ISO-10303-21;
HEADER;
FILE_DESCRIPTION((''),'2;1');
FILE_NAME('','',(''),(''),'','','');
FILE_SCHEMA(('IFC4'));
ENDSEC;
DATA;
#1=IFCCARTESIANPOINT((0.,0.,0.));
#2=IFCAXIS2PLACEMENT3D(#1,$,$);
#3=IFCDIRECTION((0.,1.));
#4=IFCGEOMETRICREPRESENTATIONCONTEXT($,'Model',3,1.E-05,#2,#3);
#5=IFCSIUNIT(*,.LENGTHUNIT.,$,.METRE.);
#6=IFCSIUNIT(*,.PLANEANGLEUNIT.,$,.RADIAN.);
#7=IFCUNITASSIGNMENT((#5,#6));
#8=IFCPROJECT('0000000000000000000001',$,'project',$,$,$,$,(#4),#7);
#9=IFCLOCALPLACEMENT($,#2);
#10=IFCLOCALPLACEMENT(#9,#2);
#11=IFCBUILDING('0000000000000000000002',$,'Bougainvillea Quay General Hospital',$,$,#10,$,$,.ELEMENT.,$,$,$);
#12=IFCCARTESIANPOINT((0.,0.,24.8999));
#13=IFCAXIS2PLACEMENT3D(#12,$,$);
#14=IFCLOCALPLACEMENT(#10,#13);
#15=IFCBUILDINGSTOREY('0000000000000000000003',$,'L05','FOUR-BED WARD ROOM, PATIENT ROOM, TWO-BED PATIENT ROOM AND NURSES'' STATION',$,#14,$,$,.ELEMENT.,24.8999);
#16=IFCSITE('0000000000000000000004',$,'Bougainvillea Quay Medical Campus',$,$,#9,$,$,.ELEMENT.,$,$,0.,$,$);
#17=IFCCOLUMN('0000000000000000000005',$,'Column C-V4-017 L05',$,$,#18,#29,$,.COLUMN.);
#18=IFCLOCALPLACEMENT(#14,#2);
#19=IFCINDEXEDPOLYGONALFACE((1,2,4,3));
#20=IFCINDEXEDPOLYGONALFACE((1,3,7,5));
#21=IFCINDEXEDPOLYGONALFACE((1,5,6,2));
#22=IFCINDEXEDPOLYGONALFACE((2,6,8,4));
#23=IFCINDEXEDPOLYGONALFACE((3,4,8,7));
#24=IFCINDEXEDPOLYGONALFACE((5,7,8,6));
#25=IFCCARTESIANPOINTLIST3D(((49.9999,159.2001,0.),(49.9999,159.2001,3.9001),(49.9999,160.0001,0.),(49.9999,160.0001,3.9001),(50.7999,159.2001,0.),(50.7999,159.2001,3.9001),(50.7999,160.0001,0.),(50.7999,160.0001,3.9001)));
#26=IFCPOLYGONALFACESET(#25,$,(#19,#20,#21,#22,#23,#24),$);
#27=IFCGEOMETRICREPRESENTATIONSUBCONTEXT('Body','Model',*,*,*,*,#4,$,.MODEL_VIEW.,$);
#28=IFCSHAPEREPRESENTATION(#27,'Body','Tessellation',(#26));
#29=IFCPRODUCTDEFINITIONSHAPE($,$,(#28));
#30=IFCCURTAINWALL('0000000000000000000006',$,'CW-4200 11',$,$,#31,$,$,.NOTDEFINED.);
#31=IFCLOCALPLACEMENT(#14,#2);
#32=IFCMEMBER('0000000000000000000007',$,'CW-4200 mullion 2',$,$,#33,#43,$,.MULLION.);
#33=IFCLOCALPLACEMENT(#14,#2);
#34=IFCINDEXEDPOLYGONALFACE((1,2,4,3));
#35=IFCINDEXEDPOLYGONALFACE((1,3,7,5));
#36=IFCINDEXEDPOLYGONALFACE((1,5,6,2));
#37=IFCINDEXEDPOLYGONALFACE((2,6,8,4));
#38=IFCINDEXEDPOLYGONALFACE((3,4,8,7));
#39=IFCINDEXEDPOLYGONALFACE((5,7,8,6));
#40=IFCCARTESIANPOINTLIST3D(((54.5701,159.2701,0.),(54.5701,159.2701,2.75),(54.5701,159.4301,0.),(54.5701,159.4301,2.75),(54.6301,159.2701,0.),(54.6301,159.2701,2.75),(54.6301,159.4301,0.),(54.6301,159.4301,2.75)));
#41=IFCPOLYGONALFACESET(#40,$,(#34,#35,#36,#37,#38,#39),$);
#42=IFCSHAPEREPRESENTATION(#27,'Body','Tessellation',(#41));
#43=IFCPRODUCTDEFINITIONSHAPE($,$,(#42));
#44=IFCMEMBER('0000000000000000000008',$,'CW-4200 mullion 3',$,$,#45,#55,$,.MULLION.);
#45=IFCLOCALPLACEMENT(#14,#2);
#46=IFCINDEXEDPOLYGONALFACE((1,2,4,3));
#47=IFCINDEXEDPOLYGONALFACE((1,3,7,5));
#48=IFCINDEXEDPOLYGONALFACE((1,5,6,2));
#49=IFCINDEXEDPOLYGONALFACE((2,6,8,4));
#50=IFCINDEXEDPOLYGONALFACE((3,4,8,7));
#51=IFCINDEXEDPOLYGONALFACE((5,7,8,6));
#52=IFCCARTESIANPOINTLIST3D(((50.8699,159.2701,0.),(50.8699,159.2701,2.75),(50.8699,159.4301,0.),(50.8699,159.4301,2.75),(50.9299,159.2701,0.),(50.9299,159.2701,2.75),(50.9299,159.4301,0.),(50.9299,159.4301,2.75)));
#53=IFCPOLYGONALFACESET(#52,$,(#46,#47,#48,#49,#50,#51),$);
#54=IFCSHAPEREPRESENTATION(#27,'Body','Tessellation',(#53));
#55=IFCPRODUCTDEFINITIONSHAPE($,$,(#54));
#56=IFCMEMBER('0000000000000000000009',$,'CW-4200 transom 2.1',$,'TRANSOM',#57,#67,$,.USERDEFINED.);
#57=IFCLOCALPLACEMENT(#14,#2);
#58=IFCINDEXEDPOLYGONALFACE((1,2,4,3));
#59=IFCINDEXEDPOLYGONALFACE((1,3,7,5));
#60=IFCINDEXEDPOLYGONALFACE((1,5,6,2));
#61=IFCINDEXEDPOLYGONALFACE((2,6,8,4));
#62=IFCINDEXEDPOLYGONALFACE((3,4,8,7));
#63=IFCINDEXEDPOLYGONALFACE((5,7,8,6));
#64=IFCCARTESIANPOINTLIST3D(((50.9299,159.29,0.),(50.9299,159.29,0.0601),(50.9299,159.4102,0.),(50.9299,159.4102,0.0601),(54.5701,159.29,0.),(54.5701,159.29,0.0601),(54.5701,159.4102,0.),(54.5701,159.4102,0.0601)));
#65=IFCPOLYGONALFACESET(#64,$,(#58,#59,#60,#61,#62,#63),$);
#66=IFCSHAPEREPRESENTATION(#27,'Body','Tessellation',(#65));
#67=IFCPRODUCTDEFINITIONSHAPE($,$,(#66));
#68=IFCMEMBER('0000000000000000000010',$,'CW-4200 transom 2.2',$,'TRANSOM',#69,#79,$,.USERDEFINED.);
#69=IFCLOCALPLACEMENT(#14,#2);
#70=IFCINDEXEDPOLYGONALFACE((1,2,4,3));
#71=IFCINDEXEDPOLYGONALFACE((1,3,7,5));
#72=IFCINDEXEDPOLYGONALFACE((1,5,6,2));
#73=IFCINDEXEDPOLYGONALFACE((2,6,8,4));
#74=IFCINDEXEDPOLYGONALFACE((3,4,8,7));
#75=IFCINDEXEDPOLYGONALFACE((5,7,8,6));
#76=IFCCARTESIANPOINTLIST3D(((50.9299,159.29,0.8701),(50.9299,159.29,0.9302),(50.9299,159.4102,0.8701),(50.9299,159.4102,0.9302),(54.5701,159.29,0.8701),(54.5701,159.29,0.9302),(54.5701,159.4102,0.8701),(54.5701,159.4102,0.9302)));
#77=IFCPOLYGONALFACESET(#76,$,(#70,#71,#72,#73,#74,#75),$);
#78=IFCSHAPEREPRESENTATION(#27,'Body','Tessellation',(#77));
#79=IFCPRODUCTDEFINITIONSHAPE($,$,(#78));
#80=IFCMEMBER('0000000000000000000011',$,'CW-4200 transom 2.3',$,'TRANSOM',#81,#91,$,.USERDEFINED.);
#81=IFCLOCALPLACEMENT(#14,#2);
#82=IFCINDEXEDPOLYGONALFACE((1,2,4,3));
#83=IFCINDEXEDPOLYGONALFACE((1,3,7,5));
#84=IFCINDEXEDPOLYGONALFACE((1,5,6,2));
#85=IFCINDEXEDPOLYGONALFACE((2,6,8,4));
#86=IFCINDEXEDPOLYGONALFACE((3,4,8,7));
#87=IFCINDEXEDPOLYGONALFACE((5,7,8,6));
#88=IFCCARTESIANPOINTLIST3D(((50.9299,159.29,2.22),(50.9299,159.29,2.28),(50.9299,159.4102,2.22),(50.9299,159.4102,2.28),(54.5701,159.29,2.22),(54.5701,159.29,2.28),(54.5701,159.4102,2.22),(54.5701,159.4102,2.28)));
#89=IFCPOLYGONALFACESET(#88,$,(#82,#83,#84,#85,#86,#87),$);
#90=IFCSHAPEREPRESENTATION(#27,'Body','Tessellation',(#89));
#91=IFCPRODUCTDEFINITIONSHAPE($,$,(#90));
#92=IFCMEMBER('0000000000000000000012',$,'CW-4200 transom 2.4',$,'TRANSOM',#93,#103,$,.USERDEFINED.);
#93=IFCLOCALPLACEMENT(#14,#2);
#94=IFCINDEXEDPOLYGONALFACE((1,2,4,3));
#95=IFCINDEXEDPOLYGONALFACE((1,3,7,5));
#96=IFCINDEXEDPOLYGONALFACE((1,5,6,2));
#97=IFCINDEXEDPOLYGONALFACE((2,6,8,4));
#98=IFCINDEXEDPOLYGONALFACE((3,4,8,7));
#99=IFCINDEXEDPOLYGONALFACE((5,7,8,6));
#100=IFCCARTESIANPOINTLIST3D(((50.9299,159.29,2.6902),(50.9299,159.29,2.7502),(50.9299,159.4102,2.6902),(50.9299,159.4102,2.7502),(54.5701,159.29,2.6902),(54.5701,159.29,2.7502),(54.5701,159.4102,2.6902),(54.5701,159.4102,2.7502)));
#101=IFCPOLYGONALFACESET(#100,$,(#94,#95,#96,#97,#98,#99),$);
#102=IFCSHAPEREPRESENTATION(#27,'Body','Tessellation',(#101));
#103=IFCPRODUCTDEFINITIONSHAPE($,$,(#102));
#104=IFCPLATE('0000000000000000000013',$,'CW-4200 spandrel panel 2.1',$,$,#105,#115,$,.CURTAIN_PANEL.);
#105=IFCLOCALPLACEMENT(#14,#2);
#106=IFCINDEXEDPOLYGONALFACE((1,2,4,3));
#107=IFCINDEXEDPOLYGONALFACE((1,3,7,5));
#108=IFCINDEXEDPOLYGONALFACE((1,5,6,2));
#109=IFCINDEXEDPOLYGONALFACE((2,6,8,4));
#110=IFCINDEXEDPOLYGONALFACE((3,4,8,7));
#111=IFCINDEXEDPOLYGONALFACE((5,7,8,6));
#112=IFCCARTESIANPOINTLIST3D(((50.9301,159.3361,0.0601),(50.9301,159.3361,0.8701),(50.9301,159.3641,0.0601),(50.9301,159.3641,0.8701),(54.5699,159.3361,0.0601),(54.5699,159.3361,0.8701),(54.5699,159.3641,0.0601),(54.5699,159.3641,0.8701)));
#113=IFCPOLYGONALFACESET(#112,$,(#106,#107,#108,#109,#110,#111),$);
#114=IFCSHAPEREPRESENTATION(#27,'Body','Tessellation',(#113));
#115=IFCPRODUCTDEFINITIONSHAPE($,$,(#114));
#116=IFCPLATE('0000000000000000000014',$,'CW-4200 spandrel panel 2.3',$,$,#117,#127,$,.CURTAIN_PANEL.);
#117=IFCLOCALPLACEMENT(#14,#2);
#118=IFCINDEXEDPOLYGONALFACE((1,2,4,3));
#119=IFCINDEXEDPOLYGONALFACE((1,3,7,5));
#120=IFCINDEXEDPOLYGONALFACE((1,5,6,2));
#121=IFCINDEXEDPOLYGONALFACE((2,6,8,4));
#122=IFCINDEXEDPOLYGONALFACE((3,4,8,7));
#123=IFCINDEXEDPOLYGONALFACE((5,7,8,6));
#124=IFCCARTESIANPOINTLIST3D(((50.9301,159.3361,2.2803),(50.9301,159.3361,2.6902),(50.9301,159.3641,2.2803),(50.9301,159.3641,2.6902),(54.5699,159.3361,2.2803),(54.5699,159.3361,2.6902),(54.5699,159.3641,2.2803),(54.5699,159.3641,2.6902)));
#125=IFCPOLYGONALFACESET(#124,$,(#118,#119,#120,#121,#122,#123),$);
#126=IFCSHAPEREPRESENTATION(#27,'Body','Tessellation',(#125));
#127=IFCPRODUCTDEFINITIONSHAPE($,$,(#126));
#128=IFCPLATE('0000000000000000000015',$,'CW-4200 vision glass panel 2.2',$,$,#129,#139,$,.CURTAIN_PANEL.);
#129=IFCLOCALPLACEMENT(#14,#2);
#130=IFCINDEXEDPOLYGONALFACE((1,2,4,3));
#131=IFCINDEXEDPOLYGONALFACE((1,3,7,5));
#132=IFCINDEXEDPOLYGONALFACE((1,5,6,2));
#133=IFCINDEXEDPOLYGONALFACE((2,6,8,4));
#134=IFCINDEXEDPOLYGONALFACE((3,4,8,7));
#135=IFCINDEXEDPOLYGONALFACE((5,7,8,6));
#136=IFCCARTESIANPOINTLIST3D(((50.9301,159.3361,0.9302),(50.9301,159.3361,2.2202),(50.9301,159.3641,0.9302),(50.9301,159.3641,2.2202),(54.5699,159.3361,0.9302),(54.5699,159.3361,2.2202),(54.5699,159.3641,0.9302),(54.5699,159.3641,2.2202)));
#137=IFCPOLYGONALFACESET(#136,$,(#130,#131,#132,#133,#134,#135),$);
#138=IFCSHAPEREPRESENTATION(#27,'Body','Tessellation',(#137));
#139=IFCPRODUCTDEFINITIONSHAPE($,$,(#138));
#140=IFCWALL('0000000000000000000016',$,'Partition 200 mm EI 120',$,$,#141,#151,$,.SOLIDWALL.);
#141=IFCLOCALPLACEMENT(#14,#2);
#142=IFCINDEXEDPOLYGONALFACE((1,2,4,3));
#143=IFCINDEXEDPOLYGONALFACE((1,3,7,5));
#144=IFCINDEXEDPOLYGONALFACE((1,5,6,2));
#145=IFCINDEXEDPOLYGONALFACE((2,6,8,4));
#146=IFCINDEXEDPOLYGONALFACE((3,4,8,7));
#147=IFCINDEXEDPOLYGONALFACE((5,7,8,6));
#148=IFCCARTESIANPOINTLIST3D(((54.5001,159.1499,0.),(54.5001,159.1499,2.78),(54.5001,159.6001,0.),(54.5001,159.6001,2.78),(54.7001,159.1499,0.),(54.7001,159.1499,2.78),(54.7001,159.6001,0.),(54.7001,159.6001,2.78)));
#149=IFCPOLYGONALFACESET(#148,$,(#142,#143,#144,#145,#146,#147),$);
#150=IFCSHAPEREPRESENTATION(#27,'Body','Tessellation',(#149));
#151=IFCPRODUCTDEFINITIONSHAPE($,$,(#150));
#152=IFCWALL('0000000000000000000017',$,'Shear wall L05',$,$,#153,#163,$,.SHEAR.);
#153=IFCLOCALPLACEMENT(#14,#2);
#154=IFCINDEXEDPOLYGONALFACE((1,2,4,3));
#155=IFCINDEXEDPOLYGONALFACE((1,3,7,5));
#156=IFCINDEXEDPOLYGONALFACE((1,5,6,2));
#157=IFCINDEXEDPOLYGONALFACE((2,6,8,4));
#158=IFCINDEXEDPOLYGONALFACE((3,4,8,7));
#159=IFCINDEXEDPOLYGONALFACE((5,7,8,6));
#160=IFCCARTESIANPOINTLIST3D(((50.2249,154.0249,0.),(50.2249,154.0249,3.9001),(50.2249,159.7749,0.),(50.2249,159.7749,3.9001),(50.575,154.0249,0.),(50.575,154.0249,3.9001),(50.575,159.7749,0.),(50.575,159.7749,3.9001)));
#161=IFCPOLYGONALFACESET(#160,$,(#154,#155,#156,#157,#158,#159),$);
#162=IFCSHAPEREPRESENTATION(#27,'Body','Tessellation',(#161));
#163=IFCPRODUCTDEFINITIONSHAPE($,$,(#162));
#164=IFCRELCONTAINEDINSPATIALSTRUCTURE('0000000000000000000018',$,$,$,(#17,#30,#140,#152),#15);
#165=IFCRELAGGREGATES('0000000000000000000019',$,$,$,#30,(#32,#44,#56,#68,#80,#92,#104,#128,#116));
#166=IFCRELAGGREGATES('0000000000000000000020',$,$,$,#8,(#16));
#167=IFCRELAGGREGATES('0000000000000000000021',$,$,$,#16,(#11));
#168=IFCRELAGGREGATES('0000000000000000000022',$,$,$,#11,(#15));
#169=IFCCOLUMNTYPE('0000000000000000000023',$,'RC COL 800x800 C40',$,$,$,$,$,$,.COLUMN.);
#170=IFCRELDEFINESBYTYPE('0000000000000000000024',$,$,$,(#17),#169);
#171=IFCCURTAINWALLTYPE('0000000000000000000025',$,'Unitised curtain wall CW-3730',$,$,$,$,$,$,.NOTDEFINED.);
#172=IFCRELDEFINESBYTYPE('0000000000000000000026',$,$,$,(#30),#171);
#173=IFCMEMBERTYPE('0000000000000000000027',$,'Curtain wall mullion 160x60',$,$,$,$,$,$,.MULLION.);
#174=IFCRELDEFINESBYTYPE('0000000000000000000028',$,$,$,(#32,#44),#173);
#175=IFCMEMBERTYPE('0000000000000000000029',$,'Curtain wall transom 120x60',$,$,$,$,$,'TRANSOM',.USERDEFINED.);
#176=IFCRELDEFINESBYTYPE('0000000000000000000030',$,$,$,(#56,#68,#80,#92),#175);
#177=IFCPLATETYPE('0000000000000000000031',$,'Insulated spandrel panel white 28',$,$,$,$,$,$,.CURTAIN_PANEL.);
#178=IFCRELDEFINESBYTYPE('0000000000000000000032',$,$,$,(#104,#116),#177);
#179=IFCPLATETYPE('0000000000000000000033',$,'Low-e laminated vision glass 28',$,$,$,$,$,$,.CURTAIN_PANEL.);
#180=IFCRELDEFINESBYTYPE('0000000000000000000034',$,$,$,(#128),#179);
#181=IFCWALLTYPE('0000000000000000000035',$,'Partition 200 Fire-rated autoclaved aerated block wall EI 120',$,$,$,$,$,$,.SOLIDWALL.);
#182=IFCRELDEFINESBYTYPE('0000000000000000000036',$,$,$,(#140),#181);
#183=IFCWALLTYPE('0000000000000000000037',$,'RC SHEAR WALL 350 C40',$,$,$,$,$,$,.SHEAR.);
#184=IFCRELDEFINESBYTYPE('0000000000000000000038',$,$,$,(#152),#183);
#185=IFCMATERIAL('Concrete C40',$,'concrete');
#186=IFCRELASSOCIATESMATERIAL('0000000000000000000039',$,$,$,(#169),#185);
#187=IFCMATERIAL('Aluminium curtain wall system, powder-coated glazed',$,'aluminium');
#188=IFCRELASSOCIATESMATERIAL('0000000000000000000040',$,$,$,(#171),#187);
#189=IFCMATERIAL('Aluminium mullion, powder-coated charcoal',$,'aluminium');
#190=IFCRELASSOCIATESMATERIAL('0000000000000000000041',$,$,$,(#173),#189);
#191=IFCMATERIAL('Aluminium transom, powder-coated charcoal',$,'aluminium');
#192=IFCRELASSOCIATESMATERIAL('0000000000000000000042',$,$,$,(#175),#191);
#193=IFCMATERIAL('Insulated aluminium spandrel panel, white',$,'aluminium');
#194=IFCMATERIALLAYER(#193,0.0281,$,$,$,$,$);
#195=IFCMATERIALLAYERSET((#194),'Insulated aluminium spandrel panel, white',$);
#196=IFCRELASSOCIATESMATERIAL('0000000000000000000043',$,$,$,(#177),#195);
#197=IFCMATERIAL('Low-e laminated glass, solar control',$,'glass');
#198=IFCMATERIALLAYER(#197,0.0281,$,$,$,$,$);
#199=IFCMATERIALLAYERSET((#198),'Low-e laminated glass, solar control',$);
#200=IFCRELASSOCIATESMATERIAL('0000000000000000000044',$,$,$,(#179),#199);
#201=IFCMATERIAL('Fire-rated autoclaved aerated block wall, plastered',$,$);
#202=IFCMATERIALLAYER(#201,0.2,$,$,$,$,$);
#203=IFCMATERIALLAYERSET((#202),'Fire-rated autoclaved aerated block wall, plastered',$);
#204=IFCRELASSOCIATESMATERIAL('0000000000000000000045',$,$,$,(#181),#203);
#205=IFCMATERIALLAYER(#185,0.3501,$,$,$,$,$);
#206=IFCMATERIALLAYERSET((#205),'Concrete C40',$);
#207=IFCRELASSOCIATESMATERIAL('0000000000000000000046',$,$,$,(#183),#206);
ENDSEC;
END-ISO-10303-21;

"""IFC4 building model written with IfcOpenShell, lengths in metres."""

from ifc_helpers import new_model, si_unit, direction, frame, frame_2d, origin, origin_2d, place, context, subcontext, project, spatial, rectangle, extrude, material, layer, layer_set, material_profile, profile_set, type_object, element, aggregate, save


model = new_model("IFC4")

# Units and contexts
model_context = context("Model", 3, precision=1e-05, world=origin(), true_north=direction((0.0, 1.0)))
body_context = subcontext(model_context, "Body", "Model", "MODEL_VIEW")
ifc_project = project(units=[si_unit("LENGTHUNIT", "METRE"), si_unit("PLANEANGLEUNIT", "RADIAN")], contexts=[model_context])

# Site, building, storey
site_placement = place(None, origin())
site = spatial("IfcSite", under=ifc_project, at=site_placement, Name="Bougainvillea Quay Medical Campus", CompositionType="ELEMENT", RefElevation=0.0)
building_placement = place(site_placement, origin())
building = spatial("IfcBuilding", under=site, at=building_placement, Name="Bougainvillea Quay General Hospital", CompositionType="ELEMENT")
storey_placement = place(building_placement, frame((0.0, 0.0, 24.8999)))
storey = spatial("IfcBuildingStorey", under=building, at=storey_placement, Name="L05", Description="FOUR-BED WARD ROOM, PATIENT ROOM, TWO-BED PATIENT ROOM AND NURSES' STATION", CompositionType="ELEMENT", Elevation=24.8999)

# Column
ifc_material_1 = material(Name="Concrete C40", Category="concrete")
ifc_material_profile_1 = material_profile(ifc_material_1, rectangle(XDim=0.8, YDim=0.8, at=origin_2d()))
ifc_profile_set_1 = profile_set([ifc_material_profile_1], Name="Concrete C40")
column_type = type_object("IfcColumnType", Name="RC COL 800x800 C40", PredefinedType="COLUMN", material=ifc_profile_set_1)
column_placement = place(storey_placement, frame((50.3999, 159.6001, 0.0), z_axis=(0.0, 0.0, 1.0), x_axis=(1.0, 0.0, 0.0)))
element("IfcColumn", 1, at=column_placement, inside=storey, type_object=column_type, Name="Column C-V4-017 L05", PredefinedType="COLUMN", context=body_context, shape_type="SweptSolid", body=[
    extrude(rectangle(XDim=0.8, YDim=0.8, at=origin_2d()), origin(), (0.0, 0.0, 1.0), 3.9001),
])

# Curtain wall, members, plates
ifc_material_2 = material(Name="Aluminium curtain wall system, powder-coated glazed", Category="aluminium")
curtain_wall_type = type_object("IfcCurtainWallType", Name="Unitised curtain wall CW-3730", PredefinedType="NOTDEFINED", material=ifc_material_2)
curtain_wall_placement = place(storey_placement, origin())
curtain_wall = element("IfcCurtainWall", 2, at=curtain_wall_placement, inside=storey, type_object=curtain_wall_type, Name="CW-4200 11", PredefinedType="NOTDEFINED")
ifc_material_3 = material(Name="Aluminium mullion, powder-coated charcoal", Category="aluminium")
ifc_material_profile_2 = material_profile(ifc_material_3, rectangle(XDim=0.1599, YDim=0.0601, at=origin_2d()))
ifc_profile_set_2 = profile_set([ifc_material_profile_2], Name="Aluminium mullion, powder-coated charcoal")
member_type_1 = type_object("IfcMemberType", Name="Curtain wall mullion 160x60", PredefinedType="MULLION", material=ifc_profile_set_2)
member_1_placement = place(storey_placement, frame((54.6001, 159.3501, 0.0), z_axis=(0.0, 0.0, 1.0), x_axis=(0.0, -1.0, 0.0)))
member_1 = element("IfcMember", 3, at=member_1_placement, type_object=member_type_1, Name="CW-4200 mullion 2", PredefinedType="MULLION", context=body_context, shape_type="SweptSolid", body=[
    extrude(rectangle(XDim=0.1599, YDim=0.0601, at=origin_2d()), origin(), (0.0, 0.0, 1.0), 2.75),
])
member_2_placement = place(storey_placement, frame((50.8999, 159.3501, 0.0), z_axis=(0.0, 0.0, 1.0), x_axis=(0.0, -1.0, 0.0)))
member_2 = element("IfcMember", 4, at=member_2_placement, type_object=member_type_1, Name="CW-4200 mullion 3", PredefinedType="MULLION", context=body_context, shape_type="SweptSolid", body=[
    extrude(rectangle(XDim=0.1599, YDim=0.0601, at=origin_2d()), origin(), (0.0, 0.0, 1.0), 2.75),
])
ifc_material_4 = material(Name="Aluminium transom, powder-coated charcoal", Category="aluminium")
ifc_material_profile_3 = material_profile(ifc_material_4, rectangle(XDim=0.1201, YDim=0.0601, at=origin_2d()))
ifc_profile_set_3 = profile_set([ifc_material_profile_3], Name="Aluminium transom, powder-coated charcoal")
member_type_2 = type_object("IfcMemberType", Name="Curtain wall transom 120x60", ElementType="TRANSOM", PredefinedType="USERDEFINED", material=ifc_profile_set_3)
member_3_placement = place(storey_placement, frame((54.5701, 159.3501, 0.03), z_axis=(-1.0, 0.0, 0.0), x_axis=(0.0, -1.0, 0.0)))
member_3 = element("IfcMember", 5, at=member_3_placement, type_object=member_type_2, Name="CW-4200 transom 2.1", ObjectType="TRANSOM", PredefinedType="USERDEFINED", context=body_context, shape_type="SweptSolid", body=[
    extrude(rectangle(XDim=0.1201, YDim=0.0601, at=origin_2d()), origin(), (0.0, 0.0, 1.0), 3.6401),
])
member_4_placement = place(storey_placement, frame((54.5701, 159.3501, 0.9001), z_axis=(-1.0, 0.0, 0.0), x_axis=(0.0, -1.0, 0.0)))
member_4 = element("IfcMember", 6, at=member_4_placement, type_object=member_type_2, Name="CW-4200 transom 2.2", ObjectType="TRANSOM", PredefinedType="USERDEFINED", context=body_context, shape_type="SweptSolid", body=[
    extrude(rectangle(XDim=0.1201, YDim=0.0601, at=origin_2d()), origin(), (0.0, 0.0, 1.0), 3.6401),
])
member_5_placement = place(storey_placement, frame((54.5701, 159.3501, 2.25), z_axis=(-1.0, 0.0, 0.0), x_axis=(0.0, -1.0, 0.0)))
member_5 = element("IfcMember", 7, at=member_5_placement, type_object=member_type_2, Name="CW-4200 transom 2.3", ObjectType="TRANSOM", PredefinedType="USERDEFINED", context=body_context, shape_type="SweptSolid", body=[
    extrude(rectangle(XDim=0.1201, YDim=0.0601, at=origin_2d()), origin(), (0.0, 0.0, 1.0), 3.6401),
])
member_6_placement = place(storey_placement, frame((54.5701, 159.3501, 2.7202), z_axis=(-1.0, 0.0, 0.0), x_axis=(0.0, -1.0, 0.0)))
member_6 = element("IfcMember", 8, at=member_6_placement, type_object=member_type_2, Name="CW-4200 transom 2.4", ObjectType="TRANSOM", PredefinedType="USERDEFINED", context=body_context, shape_type="SweptSolid", body=[
    extrude(rectangle(XDim=0.1201, YDim=0.0601, at=origin_2d()), origin(), (0.0, 0.0, 1.0), 3.6401),
])
ifc_material_5 = material(Name="Insulated aluminium spandrel panel, white", Category="aluminium")
ifc_layer_1 = layer(ifc_material_5, 0.0281)
ifc_layer_set_1 = layer_set([ifc_layer_1], Name="Insulated aluminium spandrel panel, white")
plate_type_1 = type_object("IfcPlateType", Name="Insulated spandrel panel white 28", PredefinedType="CURTAIN_PANEL", material=ifc_layer_set_1)
plate_1_placement = place(storey_placement, frame((52.75, 159.3501, 0.0601), z_axis=(0.0, 0.0, 1.0), x_axis=(-1.0, 0.0, 0.0)))
plate_1 = element("IfcPlate", 9, at=plate_1_placement, type_object=plate_type_1, Name="CW-4200 spandrel panel 2.1", PredefinedType="CURTAIN_PANEL", context=body_context, shape_type="SweptSolid", body=[
    extrude(rectangle(XDim=3.6399, YDim=0.0281, at=origin_2d()), origin(), (0.0, 0.0, 1.0), 0.8101),
])
plate_2_placement = place(storey_placement, frame((52.75, 159.3501, 2.2803), z_axis=(0.0, 0.0, 1.0), x_axis=(-1.0, 0.0, 0.0)))
plate_2 = element("IfcPlate", 10, at=plate_2_placement, type_object=plate_type_1, Name="CW-4200 spandrel panel 2.3", PredefinedType="CURTAIN_PANEL", context=body_context, shape_type="SweptSolid", body=[
    extrude(rectangle(XDim=3.6399, YDim=0.0281, at=origin_2d()), origin(), (0.0, 0.0, 1.0), 0.4099),
])
ifc_material_6 = material(Name="Low-e laminated glass, solar control", Category="glass")
ifc_layer_2 = layer(ifc_material_6, 0.0281)
ifc_layer_set_2 = layer_set([ifc_layer_2], Name="Low-e laminated glass, solar control")
plate_type_2 = type_object("IfcPlateType", Name="Low-e laminated vision glass 28", PredefinedType="CURTAIN_PANEL", material=ifc_layer_set_2)
plate_3_placement = place(storey_placement, frame((52.75, 159.3501, 0.9302), z_axis=(0.0, 0.0, 1.0), x_axis=(-1.0, 0.0, 0.0)))
plate_3 = element("IfcPlate", 11, at=plate_3_placement, type_object=plate_type_2, Name="CW-4200 vision glass panel 2.2", PredefinedType="CURTAIN_PANEL", context=body_context, shape_type="SweptSolid", body=[
    extrude(rectangle(XDim=3.6399, YDim=0.0281, at=origin_2d()), origin(), (0.0, 0.0, 1.0), 1.29),
])
aggregate(curtain_wall, [member_1, member_2, member_3, member_4, member_5, member_6, plate_1, plate_3, plate_2])

# Walls
ifc_material_7 = material(Name="Fire-rated autoclaved aerated block wall, plastered")
ifc_layer_3 = layer(ifc_material_7, 0.2)
ifc_layer_set_3 = layer_set([ifc_layer_3], Name="Fire-rated autoclaved aerated block wall, plastered")
wall_type_1 = type_object("IfcWallType", Name="Partition 200 Fire-rated autoclaved aerated block wall EI 120", PredefinedType="SOLIDWALL", material=ifc_layer_set_3)
wall_1_placement = place(storey_placement, frame((54.6001, 159.1499, 0.0), z_axis=(0.0, 0.0, 1.0), x_axis=(0.0, 1.0, 0.0)))
element("IfcWall", 12, at=wall_1_placement, inside=storey, type_object=wall_type_1, Name="Partition 200 mm EI 120", PredefinedType="SOLIDWALL", context=body_context, shape_type="SweptSolid", body=[
    extrude(rectangle(XDim=0.4502, YDim=0.2, at=frame_2d((0.2251, 0.0))), origin(), (0.0, 0.0, 1.0), 2.78),
])
ifc_layer_4 = layer(ifc_material_1, 0.3501)
ifc_layer_set_4 = layer_set([ifc_layer_4], Name="Concrete C40")
wall_type_2 = type_object("IfcWallType", Name="RC SHEAR WALL 350 C40", PredefinedType="SHEAR", material=ifc_layer_set_4)
wall_2_placement = place(storey_placement, frame((50.3999, 154.0249, 0.0), z_axis=(0.0, 0.0, 1.0), x_axis=(0.0, 1.0, 0.0)))
element("IfcWall", 13, at=wall_2_placement, inside=storey, type_object=wall_type_2, Name="Shear wall L05", PredefinedType="SHEAR", context=body_context, shape_type="SweptSolid", body=[
    extrude(rectangle(XDim=5.75, YDim=0.3501, at=frame_2d((2.875, 0.0))), origin(), (0.0, 0.0, 1.0), 3.9001),
])

save(model, "model.ifc")
